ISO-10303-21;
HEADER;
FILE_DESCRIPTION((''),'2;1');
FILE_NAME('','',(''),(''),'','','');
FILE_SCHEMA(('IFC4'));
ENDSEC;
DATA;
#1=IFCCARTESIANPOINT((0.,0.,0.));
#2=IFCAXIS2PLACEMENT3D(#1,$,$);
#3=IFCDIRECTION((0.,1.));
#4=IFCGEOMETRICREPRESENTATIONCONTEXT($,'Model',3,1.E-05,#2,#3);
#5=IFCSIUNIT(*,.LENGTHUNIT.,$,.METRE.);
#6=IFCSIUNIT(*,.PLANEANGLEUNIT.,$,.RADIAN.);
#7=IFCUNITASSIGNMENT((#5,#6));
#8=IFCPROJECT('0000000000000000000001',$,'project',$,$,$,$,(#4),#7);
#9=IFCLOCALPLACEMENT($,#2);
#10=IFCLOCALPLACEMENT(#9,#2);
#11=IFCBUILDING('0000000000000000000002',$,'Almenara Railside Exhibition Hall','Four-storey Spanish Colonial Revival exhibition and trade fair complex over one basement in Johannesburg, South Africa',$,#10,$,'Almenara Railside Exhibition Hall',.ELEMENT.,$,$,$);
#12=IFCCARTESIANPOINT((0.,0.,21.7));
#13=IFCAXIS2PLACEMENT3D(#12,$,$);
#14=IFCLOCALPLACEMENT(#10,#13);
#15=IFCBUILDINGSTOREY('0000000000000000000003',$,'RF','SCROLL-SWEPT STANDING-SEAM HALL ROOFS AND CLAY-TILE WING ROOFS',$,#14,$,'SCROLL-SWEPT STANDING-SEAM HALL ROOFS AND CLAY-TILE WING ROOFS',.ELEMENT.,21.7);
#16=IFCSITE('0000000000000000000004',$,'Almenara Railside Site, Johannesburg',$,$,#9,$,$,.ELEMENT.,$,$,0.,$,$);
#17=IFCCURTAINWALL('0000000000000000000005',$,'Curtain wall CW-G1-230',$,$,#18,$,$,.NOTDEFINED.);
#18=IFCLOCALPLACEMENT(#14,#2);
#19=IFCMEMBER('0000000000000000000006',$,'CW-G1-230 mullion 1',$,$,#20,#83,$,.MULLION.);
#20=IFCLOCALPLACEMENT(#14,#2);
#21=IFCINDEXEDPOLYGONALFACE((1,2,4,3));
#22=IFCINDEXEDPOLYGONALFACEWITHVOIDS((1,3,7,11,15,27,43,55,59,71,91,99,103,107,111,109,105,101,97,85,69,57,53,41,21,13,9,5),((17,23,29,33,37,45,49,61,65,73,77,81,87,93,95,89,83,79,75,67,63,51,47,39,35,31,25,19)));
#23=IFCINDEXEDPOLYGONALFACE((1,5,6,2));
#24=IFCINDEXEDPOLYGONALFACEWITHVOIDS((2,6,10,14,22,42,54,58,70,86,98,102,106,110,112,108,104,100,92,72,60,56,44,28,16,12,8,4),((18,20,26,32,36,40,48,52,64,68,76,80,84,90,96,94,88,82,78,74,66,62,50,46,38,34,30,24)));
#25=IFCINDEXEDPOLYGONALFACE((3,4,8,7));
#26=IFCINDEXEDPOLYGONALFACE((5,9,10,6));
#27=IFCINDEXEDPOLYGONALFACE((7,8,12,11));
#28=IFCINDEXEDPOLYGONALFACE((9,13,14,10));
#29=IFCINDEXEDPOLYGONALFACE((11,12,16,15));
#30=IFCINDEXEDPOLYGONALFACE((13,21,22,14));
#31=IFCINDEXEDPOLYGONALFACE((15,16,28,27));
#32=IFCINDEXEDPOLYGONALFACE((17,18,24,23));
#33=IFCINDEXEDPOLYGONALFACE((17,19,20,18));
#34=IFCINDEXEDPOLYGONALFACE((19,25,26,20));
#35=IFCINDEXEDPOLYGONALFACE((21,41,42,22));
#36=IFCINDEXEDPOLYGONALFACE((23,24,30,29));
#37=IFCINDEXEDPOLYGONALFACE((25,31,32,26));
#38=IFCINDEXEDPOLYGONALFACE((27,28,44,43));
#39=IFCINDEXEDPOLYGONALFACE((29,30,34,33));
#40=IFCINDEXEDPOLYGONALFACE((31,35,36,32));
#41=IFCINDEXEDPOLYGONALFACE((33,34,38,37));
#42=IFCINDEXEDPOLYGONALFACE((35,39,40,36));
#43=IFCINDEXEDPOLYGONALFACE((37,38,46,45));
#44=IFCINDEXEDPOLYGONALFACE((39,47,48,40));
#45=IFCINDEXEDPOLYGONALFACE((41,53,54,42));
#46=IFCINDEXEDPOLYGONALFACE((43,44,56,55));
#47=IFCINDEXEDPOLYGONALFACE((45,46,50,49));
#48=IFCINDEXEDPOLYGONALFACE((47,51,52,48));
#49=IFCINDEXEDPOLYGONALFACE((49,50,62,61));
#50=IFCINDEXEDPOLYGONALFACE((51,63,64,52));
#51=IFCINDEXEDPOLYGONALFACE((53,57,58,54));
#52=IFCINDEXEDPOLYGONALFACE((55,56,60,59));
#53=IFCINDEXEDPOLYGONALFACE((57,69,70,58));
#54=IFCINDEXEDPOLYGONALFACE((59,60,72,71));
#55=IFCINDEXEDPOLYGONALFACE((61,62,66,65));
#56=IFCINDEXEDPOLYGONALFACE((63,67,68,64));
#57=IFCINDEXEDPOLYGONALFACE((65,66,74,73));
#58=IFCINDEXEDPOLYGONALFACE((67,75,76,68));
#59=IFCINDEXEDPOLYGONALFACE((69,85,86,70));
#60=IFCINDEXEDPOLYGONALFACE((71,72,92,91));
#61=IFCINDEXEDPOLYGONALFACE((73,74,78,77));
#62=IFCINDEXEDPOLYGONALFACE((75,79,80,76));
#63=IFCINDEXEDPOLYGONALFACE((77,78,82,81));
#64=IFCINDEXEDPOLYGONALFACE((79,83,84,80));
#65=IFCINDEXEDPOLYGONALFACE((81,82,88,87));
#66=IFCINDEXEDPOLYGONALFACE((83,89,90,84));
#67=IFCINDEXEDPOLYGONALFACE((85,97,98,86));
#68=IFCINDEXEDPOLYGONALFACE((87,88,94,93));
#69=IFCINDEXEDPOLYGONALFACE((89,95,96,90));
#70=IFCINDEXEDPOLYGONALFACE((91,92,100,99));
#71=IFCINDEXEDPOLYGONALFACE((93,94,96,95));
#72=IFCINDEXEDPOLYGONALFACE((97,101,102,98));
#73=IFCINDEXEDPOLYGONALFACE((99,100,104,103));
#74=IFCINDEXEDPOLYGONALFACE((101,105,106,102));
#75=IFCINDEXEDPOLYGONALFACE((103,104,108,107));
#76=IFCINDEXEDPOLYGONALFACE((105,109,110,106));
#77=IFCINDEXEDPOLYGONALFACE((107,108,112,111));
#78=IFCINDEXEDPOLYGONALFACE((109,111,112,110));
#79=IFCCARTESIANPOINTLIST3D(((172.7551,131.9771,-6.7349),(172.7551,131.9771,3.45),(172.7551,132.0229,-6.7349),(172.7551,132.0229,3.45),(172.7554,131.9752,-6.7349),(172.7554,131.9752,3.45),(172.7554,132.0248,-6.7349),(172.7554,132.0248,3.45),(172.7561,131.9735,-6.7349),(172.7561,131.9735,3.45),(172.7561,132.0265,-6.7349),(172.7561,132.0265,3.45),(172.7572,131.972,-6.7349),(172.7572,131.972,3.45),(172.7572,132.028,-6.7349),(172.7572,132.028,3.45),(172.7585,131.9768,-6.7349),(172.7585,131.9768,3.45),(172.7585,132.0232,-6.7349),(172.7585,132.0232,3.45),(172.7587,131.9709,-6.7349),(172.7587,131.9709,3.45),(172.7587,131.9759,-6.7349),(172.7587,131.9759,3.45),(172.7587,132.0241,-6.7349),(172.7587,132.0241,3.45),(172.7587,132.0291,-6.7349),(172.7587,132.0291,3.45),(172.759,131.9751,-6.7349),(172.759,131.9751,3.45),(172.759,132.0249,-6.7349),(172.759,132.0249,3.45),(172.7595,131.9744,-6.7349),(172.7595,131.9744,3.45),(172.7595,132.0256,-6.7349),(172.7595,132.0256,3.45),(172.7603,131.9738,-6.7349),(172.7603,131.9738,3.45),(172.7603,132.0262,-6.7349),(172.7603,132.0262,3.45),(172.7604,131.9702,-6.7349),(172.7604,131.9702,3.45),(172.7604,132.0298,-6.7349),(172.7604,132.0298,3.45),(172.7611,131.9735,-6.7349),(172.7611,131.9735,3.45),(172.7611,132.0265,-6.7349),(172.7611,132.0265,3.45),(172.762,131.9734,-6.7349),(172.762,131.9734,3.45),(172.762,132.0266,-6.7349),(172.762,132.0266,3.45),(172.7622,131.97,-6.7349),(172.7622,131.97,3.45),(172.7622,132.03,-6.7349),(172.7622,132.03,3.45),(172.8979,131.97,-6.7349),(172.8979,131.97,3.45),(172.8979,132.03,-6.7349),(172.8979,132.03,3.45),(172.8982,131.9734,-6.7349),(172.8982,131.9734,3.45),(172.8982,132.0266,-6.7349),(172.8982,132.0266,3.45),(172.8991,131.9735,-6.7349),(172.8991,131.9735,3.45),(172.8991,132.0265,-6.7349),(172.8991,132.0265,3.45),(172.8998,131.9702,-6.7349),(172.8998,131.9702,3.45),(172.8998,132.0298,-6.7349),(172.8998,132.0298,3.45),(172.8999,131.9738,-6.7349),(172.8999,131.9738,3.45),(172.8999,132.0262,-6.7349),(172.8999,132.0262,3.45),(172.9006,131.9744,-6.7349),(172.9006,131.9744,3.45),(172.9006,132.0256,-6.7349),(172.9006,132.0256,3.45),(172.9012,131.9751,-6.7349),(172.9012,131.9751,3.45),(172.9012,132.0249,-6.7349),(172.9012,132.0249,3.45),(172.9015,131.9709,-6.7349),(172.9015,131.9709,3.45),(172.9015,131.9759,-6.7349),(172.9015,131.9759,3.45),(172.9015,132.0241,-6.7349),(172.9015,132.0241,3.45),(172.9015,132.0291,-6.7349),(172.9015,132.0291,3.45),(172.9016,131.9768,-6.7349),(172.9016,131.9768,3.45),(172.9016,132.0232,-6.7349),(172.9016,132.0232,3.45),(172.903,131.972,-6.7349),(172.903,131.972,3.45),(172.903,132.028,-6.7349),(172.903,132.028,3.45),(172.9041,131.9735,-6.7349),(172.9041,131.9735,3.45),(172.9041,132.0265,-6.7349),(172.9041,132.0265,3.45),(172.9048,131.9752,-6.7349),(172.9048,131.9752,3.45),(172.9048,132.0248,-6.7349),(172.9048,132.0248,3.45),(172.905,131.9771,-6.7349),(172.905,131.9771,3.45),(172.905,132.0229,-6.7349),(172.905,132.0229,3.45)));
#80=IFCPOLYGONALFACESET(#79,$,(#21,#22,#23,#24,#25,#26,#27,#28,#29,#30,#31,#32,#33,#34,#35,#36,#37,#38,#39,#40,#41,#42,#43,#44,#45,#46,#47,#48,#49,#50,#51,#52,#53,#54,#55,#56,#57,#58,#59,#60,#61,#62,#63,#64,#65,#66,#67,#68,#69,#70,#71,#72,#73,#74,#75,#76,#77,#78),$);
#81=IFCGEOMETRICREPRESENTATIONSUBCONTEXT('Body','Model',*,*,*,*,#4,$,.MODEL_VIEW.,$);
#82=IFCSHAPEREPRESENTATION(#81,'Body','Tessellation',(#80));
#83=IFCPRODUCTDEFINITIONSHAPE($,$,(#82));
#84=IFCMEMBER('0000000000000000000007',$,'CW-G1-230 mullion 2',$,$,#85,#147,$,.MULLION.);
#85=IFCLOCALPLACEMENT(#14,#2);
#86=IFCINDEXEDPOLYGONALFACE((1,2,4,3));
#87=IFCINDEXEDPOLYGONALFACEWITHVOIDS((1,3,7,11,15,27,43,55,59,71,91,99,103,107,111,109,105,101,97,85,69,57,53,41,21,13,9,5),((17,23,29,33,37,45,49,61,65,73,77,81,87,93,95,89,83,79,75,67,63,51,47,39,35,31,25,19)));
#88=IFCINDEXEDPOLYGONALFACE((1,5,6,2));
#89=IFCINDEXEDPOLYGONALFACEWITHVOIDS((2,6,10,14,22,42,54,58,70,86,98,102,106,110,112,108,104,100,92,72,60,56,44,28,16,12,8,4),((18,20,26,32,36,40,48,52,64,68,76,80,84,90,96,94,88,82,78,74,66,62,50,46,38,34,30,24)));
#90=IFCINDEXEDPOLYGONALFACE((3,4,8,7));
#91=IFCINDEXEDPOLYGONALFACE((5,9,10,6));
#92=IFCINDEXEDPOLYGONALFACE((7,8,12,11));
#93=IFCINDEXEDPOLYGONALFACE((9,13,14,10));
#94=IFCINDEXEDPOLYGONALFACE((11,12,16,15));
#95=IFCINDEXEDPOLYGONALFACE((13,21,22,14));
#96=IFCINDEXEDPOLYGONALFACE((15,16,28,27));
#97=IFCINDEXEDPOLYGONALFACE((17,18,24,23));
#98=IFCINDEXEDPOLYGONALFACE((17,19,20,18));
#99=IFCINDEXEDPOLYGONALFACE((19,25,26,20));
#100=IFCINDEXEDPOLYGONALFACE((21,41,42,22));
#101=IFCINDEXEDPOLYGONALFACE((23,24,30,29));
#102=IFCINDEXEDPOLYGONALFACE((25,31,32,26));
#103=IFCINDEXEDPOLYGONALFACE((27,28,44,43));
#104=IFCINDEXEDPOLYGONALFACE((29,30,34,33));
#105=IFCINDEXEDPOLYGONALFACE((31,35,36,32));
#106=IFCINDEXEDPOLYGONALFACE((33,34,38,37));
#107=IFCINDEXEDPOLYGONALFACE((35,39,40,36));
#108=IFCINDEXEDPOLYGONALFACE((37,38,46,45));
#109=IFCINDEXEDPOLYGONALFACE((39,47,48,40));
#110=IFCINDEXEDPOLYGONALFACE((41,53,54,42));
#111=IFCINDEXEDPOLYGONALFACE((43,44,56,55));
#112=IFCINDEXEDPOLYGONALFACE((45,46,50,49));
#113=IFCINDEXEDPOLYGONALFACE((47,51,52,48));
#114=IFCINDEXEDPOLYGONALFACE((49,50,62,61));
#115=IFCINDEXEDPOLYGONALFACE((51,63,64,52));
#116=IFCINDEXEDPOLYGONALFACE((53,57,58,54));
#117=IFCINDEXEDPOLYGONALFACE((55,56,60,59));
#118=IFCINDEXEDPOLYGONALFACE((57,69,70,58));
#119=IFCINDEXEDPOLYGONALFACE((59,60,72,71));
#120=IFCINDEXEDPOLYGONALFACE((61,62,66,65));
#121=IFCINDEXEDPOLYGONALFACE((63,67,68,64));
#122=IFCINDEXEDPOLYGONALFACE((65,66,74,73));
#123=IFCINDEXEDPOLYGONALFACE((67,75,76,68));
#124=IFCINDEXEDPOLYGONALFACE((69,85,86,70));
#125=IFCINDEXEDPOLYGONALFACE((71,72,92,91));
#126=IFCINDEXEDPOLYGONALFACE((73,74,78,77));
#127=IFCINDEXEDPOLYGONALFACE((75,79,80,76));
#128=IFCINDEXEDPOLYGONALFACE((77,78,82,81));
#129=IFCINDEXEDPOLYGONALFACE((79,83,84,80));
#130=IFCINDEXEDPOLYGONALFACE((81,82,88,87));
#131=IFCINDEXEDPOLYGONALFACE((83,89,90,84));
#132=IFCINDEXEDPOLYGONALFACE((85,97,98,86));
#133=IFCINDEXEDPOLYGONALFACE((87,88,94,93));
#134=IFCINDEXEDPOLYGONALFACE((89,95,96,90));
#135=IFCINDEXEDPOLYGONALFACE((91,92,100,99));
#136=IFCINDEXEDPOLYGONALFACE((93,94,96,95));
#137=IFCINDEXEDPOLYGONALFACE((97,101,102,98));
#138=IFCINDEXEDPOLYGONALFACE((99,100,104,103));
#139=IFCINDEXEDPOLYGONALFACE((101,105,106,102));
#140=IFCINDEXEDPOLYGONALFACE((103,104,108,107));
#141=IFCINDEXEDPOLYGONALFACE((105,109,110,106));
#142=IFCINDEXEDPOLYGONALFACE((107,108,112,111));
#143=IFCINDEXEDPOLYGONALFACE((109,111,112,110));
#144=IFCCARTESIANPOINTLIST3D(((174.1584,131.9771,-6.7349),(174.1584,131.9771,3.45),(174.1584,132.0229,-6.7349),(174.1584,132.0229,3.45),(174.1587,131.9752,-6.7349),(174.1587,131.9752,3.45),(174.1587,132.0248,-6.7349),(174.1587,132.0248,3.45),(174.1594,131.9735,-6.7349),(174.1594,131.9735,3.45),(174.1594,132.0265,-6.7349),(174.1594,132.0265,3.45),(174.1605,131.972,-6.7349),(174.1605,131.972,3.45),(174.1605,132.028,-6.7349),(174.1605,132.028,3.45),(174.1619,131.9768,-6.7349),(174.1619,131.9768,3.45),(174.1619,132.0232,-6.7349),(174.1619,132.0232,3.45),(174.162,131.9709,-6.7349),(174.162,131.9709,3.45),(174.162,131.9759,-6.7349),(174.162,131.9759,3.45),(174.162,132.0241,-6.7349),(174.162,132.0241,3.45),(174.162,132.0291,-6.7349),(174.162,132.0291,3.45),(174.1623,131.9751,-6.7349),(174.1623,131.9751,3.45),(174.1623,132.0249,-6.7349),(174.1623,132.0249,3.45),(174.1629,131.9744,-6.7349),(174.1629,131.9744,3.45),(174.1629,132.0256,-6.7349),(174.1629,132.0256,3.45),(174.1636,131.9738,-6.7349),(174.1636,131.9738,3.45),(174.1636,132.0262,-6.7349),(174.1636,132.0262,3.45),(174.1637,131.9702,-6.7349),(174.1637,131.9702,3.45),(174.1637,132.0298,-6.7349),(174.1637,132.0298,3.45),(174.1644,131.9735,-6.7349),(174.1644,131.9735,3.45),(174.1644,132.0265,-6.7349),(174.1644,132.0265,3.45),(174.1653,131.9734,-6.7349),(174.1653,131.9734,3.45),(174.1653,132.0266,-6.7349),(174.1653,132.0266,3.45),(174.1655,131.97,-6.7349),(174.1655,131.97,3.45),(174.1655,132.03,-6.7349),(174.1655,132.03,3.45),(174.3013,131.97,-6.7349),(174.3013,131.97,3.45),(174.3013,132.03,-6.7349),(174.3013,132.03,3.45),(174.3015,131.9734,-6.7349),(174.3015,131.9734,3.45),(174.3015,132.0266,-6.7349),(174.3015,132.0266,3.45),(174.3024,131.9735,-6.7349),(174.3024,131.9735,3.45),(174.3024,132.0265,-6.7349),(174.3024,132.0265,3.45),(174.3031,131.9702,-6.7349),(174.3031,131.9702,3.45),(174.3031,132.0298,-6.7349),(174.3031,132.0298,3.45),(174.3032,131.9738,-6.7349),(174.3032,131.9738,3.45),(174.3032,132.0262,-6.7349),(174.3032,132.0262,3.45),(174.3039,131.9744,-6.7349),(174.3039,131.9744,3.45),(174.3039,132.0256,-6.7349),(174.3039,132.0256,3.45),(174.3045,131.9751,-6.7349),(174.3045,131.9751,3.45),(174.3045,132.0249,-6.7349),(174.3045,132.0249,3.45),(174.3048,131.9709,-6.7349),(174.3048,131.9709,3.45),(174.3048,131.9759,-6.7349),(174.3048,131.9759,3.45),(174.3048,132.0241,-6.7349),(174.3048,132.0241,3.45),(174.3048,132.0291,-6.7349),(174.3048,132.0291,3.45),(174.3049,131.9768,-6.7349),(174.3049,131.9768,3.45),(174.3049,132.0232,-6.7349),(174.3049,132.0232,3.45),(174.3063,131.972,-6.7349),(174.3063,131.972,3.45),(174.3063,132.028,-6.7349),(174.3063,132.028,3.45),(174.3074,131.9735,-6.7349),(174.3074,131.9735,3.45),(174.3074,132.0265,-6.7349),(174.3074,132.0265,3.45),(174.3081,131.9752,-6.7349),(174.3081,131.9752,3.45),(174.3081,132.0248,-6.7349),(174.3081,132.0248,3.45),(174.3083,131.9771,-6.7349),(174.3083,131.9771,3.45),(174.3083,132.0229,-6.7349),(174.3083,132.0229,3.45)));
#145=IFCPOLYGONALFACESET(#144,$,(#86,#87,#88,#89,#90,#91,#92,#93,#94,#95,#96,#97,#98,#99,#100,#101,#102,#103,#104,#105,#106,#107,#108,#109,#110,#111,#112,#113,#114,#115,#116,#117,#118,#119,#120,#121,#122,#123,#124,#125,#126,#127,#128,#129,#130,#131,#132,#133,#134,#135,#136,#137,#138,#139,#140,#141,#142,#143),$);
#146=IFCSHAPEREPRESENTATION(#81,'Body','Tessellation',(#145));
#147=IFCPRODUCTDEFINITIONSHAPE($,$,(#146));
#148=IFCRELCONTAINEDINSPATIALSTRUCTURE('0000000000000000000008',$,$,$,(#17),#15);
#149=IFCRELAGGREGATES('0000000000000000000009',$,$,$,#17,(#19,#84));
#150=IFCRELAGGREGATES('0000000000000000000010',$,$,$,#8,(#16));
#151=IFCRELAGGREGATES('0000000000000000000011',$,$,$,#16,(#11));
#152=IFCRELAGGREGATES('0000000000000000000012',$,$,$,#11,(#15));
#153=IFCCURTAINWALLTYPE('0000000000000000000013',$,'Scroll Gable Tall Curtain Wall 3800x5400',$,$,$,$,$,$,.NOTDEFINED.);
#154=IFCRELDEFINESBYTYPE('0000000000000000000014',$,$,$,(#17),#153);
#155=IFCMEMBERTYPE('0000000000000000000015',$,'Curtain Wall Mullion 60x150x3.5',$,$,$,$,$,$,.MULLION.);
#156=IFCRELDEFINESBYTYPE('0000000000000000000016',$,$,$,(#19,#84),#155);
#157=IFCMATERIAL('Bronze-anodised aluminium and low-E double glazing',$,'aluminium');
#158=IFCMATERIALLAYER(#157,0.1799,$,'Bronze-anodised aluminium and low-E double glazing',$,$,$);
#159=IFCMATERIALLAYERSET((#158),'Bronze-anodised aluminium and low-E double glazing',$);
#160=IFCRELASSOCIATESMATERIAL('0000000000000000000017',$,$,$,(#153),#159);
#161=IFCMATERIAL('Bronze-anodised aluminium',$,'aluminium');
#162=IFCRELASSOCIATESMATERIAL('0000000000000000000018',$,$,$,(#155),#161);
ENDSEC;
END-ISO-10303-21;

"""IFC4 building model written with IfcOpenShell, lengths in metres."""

from ifc_helpers import new_model, si_unit, direction, frame, origin, origin_2d, place, context, subcontext, project, spatial, hollow_rectangle, extrude, material, layer, layer_set, material_profile, profile_set, type_object, element, aggregate, save


model = new_model("IFC4")

# Units and contexts
model_context = context("Model", 3, precision=1e-05, world=origin(), true_north=direction((0.0, 1.0)))
body_context = subcontext(model_context, "Body", "Model", "MODEL_VIEW")
ifc_project = project(units=[si_unit("LENGTHUNIT", "METRE"), si_unit("PLANEANGLEUNIT", "RADIAN")], contexts=[model_context])

# Site, building, storey
site_placement = place(None, origin())
site = spatial("IfcSite", under=ifc_project, at=site_placement, Name="Almenara Railside Site, Johannesburg", CompositionType="ELEMENT", RefElevation=0.0)
building_placement = place(site_placement, origin())
building = spatial("IfcBuilding", under=site, at=building_placement, Name="Almenara Railside Exhibition Hall", Description="Four-storey Spanish Colonial Revival exhibition and trade fair complex over one basement in Johannesburg, South Africa", LongName="Almenara Railside Exhibition Hall", CompositionType="ELEMENT")
storey_placement = place(building_placement, frame((0.0, 0.0, 21.7)))
storey = spatial("IfcBuildingStorey", under=building, at=storey_placement, Name="RF", Description="SCROLL-SWEPT STANDING-SEAM HALL ROOFS AND CLAY-TILE WING ROOFS", LongName="SCROLL-SWEPT STANDING-SEAM HALL ROOFS AND CLAY-TILE WING ROOFS", CompositionType="ELEMENT", Elevation=21.7)

# Curtain wall, members
ifc_material_1 = material(Name="Bronze-anodised aluminium and low-E double glazing", Category="aluminium")
ifc_layer_1 = layer(ifc_material_1, 0.1799, Name="Bronze-anodised aluminium and low-E double glazing")
ifc_layer_set_1 = layer_set([ifc_layer_1], Name="Bronze-anodised aluminium and low-E double glazing")
curtain_wall_type = type_object("IfcCurtainWallType", Name="Scroll Gable Tall Curtain Wall 3800x5400", PredefinedType="NOTDEFINED", material=ifc_layer_set_1)
ifc_material_2 = material(Name="Bronze-anodised aluminium", Category="aluminium")
curtain_wall_1_placement = place(storey_placement, origin())
curtain_wall_1 = element("IfcCurtainWall", 1, at=curtain_wall_1_placement, inside=storey, type_object=curtain_wall_type, Name="Curtain wall CW-G1-230", PredefinedType="NOTDEFINED")
ifc_material_profile_1 = material_profile(ifc_material_2, hollow_rectangle(XDim=0.0601, YDim=0.1499, WallThickness=0.0034, InnerFilletRadius=0.0034, OuterFilletRadius=0.0071, at=origin_2d()), Name="ALU-MUL 60x150x3.5")
ifc_profile_set_1 = profile_set([ifc_material_profile_1], Name="Bronze-anodised aluminium")
member_type_1 = type_object("IfcMemberType", Name="Curtain Wall Mullion 60x150x3.5", PredefinedType="MULLION", material=ifc_profile_set_1)
member_1_placement = place(storey_placement, frame((172.8301, 132.0, -6.7349), z_axis=(0.0, 0.0, 1.0), x_axis=(0.0, 1.0, 0.0)))
member_1 = element("IfcMember", 2, at=member_1_placement, type_object=member_type_1, Name="CW-G1-230 mullion 1", PredefinedType="MULLION", context=body_context, shape_type="SweptSolid", body=[
    extrude(hollow_rectangle(XDim=0.0601, YDim=0.1499, WallThickness=0.0034, InnerFilletRadius=0.0034, OuterFilletRadius=0.0071, at=origin_2d()), origin(), (0.0, 0.0, 1.0), 10.1848),
])
member_2_placement = place(storey_placement, frame((174.2334, 132.0, -6.7349), z_axis=(0.0, 0.0, 1.0), x_axis=(0.0, 1.0, 0.0)))
member_2 = element("IfcMember", 3, at=member_2_placement, type_object=member_type_1, Name="CW-G1-230 mullion 2", PredefinedType="MULLION", context=body_context, shape_type="SweptSolid", body=[
    extrude(hollow_rectangle(XDim=0.0601, YDim=0.1499, WallThickness=0.0034, InnerFilletRadius=0.0034, OuterFilletRadius=0.0071, at=origin_2d()), origin(), (0.0, 0.0, 1.0), 10.1848),
])

aggregate(curtain_wall_1, [member_1, member_2])

save(model, "model.ifc")
